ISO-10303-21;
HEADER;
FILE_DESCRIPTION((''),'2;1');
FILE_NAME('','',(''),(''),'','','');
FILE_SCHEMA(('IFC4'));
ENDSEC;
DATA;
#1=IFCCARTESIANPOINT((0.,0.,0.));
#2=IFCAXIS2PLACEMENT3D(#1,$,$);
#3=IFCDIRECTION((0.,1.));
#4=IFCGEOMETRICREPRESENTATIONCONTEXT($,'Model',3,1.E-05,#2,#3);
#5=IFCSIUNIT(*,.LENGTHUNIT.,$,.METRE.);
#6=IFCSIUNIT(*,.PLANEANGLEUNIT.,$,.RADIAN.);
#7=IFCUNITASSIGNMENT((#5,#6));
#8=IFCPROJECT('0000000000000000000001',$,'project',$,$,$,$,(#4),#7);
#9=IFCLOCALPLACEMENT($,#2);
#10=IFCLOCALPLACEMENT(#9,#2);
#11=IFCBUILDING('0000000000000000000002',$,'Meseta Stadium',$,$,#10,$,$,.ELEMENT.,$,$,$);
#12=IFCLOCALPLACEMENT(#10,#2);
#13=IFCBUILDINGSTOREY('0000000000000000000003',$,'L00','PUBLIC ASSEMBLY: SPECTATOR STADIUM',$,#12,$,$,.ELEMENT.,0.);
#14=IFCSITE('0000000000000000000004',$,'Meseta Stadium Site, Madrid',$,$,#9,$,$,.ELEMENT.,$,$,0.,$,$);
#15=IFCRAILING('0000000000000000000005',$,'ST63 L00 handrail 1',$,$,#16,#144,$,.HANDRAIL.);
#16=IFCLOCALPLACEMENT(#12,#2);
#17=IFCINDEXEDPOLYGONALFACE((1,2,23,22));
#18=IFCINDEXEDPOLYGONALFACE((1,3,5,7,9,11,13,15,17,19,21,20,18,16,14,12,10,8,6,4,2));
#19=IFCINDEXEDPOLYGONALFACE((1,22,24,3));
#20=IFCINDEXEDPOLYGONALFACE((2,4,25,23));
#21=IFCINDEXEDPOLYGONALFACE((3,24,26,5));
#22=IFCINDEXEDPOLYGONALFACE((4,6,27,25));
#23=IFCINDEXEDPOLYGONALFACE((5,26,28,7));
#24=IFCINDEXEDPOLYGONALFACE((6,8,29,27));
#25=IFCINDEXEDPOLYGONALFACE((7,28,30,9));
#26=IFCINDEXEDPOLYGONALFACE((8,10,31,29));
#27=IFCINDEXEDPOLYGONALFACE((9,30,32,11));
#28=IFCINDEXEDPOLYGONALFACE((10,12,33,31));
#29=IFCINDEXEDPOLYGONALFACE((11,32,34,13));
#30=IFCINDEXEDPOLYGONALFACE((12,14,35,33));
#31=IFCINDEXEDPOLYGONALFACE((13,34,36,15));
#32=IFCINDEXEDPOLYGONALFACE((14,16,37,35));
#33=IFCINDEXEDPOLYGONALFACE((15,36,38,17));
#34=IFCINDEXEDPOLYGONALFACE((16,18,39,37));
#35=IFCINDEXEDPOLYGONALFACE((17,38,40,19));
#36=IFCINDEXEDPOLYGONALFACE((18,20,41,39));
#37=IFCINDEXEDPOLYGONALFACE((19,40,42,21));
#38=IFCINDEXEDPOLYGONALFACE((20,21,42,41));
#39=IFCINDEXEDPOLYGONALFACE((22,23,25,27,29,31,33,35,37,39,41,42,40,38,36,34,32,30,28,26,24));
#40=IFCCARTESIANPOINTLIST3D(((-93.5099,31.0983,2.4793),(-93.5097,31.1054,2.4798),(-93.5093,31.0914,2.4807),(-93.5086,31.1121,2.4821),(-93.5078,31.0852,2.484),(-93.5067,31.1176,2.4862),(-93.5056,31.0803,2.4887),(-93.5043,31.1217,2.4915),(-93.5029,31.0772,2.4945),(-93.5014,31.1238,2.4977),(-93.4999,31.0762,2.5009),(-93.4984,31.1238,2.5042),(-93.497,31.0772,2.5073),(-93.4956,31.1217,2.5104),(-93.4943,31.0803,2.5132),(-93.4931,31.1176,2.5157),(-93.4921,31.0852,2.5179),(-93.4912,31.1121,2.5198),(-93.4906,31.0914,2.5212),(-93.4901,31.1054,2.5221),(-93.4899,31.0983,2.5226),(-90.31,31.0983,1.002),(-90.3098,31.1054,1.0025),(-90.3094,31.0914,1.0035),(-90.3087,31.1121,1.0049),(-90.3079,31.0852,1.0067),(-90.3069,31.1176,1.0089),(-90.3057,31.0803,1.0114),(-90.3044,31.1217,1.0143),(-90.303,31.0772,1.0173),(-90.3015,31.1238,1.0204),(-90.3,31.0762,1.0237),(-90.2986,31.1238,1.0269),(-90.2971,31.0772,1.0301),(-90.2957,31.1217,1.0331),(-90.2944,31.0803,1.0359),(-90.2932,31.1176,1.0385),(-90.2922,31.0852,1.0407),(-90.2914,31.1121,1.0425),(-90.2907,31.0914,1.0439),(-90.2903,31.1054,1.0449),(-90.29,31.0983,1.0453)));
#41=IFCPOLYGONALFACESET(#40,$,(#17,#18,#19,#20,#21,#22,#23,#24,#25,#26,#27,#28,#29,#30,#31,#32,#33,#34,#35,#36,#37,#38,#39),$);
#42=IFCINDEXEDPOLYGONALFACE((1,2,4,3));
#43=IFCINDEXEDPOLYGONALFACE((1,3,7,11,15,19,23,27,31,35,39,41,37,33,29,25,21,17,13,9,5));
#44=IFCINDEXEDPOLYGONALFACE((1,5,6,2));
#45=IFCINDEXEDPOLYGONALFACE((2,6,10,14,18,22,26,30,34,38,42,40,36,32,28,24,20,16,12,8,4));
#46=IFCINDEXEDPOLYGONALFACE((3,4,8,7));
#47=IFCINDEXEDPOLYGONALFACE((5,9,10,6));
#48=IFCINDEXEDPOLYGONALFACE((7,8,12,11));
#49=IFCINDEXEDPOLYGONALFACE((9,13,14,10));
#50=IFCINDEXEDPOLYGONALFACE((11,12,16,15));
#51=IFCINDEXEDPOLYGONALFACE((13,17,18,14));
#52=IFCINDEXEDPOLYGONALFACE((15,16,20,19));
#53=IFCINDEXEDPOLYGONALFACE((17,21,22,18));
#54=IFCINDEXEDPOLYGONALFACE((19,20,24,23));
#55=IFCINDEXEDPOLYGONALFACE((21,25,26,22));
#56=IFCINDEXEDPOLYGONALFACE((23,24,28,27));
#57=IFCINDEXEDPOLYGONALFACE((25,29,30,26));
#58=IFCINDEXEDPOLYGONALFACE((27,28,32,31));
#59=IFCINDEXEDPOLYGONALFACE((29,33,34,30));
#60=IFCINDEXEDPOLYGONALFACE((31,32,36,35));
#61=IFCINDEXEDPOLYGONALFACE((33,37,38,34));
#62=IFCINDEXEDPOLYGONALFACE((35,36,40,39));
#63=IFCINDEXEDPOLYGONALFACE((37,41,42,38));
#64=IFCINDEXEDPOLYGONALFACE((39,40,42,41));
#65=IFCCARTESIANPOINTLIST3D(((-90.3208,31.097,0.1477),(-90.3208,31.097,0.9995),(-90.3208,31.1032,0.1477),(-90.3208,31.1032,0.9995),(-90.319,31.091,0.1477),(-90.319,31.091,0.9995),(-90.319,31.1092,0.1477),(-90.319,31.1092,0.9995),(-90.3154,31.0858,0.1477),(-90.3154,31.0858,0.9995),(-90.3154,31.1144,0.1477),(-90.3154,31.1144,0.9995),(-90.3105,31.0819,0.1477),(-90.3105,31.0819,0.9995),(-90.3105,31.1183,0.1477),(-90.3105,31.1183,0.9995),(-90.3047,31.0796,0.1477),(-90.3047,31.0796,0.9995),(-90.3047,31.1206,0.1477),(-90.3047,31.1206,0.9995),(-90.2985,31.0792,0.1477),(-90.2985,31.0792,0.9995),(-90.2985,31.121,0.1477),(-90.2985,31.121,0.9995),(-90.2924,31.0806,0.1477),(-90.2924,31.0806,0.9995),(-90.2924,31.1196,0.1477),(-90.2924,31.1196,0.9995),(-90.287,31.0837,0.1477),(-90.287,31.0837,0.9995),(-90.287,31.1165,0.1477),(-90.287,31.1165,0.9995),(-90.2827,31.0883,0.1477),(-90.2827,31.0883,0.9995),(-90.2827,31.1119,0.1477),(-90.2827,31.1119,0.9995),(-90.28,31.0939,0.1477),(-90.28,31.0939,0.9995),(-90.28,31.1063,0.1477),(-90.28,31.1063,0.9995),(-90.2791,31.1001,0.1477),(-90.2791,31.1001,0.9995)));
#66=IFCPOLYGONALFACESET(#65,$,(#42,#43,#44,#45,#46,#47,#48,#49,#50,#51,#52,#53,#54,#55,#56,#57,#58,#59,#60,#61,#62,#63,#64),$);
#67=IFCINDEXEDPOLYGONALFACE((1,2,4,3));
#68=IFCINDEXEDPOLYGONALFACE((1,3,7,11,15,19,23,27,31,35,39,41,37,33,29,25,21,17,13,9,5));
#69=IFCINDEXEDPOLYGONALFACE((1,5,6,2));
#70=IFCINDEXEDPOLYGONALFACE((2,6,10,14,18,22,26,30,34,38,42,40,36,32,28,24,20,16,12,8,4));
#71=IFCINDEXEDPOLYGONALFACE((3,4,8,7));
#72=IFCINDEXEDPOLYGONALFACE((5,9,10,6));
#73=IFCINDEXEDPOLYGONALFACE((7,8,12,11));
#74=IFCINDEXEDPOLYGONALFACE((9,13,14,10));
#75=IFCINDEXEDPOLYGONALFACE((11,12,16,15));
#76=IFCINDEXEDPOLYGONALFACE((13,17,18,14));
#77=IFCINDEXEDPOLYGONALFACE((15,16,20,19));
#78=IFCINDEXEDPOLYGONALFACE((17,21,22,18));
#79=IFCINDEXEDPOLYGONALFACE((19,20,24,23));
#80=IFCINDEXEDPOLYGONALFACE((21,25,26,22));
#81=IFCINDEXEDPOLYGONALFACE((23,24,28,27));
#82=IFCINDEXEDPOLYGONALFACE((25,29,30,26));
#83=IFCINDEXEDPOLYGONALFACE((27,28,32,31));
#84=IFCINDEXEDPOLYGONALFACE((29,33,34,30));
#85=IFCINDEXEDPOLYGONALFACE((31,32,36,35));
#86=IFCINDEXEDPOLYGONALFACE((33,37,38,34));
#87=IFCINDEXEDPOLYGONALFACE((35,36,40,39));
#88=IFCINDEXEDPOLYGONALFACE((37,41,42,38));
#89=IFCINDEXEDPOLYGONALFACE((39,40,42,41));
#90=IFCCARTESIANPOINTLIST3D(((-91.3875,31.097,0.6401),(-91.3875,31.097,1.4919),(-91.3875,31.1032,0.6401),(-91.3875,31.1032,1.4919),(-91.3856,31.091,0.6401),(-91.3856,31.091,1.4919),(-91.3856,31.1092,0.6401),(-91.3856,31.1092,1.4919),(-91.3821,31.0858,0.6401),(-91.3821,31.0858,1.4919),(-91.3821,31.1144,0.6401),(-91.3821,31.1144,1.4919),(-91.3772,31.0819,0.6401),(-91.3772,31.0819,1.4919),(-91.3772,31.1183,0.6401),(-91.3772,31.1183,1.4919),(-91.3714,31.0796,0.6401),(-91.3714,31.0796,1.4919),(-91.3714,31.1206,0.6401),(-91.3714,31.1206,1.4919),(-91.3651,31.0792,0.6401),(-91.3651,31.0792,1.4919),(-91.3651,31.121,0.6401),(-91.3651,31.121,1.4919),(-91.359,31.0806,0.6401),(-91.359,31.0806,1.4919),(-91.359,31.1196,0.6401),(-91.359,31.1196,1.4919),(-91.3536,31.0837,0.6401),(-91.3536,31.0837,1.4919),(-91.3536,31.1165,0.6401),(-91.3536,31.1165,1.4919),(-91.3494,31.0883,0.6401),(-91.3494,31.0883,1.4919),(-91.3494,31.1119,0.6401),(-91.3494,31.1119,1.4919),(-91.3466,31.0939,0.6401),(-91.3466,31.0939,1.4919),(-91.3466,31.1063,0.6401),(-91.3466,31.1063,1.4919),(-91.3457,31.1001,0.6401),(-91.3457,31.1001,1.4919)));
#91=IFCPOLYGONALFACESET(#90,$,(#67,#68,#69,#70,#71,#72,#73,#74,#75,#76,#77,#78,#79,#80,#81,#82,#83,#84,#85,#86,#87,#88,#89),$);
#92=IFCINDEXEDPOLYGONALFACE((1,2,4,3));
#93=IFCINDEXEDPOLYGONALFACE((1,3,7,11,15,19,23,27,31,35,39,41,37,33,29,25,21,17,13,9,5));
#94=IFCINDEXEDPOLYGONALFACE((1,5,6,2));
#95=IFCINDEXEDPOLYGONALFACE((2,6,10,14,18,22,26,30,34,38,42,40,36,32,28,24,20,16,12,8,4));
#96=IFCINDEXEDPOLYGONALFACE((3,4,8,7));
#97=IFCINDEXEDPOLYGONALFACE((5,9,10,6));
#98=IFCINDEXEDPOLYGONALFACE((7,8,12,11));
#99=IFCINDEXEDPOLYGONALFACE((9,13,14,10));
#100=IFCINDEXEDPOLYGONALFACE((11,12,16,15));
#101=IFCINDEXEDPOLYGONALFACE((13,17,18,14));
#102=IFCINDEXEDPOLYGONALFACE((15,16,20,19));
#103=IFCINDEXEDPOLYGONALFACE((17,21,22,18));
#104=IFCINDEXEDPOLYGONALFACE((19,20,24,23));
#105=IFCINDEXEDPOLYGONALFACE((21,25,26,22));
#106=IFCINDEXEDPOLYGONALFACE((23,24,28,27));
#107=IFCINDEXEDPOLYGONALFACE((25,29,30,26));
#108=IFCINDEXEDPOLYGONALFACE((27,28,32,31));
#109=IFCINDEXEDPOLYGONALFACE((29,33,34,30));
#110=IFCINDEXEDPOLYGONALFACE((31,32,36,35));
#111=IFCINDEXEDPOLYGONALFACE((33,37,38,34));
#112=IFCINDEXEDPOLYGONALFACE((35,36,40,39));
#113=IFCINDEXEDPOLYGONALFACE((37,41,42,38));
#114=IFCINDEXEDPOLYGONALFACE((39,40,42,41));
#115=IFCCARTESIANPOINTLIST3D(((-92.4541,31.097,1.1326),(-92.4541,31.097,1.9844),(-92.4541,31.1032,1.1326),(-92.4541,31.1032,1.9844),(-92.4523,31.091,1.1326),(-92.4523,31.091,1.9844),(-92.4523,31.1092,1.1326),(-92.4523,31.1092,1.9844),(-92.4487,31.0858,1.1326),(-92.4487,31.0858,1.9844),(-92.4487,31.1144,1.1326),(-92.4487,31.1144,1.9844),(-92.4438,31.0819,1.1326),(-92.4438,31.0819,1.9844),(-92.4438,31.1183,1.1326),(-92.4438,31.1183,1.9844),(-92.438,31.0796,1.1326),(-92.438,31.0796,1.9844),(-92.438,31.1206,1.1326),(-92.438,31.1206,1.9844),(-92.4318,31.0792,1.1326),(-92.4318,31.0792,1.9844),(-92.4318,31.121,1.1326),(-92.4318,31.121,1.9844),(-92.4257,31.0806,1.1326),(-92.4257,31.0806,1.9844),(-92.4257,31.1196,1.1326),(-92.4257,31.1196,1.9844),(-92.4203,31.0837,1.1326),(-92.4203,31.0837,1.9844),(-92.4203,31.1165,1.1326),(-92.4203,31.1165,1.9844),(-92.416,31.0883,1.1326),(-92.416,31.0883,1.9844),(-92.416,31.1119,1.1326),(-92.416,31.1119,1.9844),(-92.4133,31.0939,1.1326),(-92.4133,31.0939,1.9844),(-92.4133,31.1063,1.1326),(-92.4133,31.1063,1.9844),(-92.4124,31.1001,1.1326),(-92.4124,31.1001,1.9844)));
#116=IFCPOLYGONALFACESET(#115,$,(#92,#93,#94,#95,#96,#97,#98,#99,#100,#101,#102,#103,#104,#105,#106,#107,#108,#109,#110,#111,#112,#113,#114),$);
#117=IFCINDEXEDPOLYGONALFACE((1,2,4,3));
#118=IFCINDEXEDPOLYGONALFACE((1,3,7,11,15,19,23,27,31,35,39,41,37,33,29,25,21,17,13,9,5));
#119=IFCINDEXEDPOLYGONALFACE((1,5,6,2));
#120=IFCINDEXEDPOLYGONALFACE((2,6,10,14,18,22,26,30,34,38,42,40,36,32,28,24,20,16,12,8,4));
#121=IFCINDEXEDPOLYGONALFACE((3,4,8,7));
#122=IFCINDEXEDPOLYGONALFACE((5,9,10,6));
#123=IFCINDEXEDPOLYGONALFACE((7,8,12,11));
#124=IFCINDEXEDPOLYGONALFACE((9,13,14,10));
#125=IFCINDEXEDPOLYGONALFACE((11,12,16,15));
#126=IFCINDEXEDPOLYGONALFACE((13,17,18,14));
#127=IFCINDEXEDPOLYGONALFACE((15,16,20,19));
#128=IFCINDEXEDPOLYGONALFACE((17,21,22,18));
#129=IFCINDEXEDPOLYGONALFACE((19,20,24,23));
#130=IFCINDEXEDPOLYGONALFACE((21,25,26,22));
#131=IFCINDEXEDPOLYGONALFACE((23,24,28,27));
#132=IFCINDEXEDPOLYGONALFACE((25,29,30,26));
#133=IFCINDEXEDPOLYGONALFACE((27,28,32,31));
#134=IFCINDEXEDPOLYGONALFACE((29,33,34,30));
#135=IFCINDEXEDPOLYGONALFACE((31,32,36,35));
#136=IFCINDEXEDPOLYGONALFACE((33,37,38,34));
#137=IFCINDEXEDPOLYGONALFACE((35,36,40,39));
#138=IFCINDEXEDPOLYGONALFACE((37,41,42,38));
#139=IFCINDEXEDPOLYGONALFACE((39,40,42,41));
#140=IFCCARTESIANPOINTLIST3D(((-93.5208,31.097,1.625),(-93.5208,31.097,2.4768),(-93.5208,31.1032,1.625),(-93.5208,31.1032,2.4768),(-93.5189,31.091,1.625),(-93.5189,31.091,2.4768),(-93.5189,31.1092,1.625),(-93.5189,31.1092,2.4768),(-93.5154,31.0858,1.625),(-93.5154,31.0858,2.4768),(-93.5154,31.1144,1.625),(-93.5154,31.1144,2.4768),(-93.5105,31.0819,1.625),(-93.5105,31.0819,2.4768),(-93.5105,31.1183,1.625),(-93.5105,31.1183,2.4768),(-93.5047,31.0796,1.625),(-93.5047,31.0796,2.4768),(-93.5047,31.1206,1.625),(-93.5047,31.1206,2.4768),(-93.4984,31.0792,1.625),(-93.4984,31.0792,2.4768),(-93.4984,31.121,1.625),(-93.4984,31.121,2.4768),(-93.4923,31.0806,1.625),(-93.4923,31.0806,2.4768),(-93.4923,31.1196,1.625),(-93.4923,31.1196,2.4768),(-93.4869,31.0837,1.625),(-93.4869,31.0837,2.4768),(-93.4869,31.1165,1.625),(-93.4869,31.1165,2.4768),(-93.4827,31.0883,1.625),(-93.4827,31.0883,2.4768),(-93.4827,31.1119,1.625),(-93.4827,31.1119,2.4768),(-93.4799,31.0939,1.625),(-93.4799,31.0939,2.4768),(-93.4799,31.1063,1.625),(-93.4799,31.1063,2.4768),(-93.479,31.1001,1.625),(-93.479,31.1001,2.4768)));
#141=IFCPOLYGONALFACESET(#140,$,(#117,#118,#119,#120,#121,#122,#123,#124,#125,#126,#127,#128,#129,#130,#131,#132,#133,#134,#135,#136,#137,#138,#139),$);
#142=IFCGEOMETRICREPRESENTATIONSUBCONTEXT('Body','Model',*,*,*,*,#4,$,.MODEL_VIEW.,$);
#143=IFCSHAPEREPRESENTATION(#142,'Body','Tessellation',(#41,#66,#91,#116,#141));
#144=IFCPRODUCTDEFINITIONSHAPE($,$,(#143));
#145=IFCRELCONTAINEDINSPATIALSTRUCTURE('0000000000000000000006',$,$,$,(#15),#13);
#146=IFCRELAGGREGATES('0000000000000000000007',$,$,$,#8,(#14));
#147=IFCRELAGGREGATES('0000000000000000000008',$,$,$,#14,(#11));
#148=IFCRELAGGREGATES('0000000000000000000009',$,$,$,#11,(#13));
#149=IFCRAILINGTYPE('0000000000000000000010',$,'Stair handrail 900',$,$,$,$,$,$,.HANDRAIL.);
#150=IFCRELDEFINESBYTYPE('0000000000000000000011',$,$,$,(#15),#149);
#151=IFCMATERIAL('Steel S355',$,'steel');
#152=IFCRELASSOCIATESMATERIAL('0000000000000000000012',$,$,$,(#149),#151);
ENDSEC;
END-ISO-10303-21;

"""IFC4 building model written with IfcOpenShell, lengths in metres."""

from ifc_helpers import new_model, si_unit, direction, frame, origin, origin_2d, place, context, subcontext, project, spatial, circle, extrude, material, type_object, element, save


model = new_model("IFC4")

# Units and contexts
model_context = context("Model", 3, precision=1e-05, world=origin(), true_north=direction((0.0, 1.0)))
body_context = subcontext(model_context, "Body", "Model", "MODEL_VIEW")
ifc_project = project(units=[si_unit("LENGTHUNIT", "METRE"), si_unit("PLANEANGLEUNIT", "RADIAN")], contexts=[model_context])

# Site, building, storey
site_placement = place(None, origin())
site = spatial("IfcSite", under=ifc_project, at=site_placement, Name="Meseta Stadium Site, Madrid", CompositionType="ELEMENT", RefElevation=0.0)
building_placement = place(site_placement, origin())
building = spatial("IfcBuilding", under=site, at=building_placement, Name="Meseta Stadium", CompositionType="ELEMENT")
storey_placement = place(building_placement, origin())
storey = spatial("IfcBuildingStorey", under=building, at=storey_placement, Name="L00", Description="PUBLIC ASSEMBLY: SPECTATOR STADIUM", CompositionType="ELEMENT", Elevation=0.0)

# Railing
ifc_material_1 = material(Name="Steel S355", Category="steel")
railing_type_1 = type_object("IfcRailingType", Name="Stair handrail 900", PredefinedType="HANDRAIL", material=ifc_material_1)
for number, where, name in (
    (1, (-90.3, 31.1001, 0.1477), "ST63 L00 handrail 1"),
):
    element("IfcRailing", number, at=place(storey_placement, frame(where)), inside=storey, type_object=railing_type_1, Name=name, PredefinedType="HANDRAIL", context=body_context, shape_type="SweptSolid", body=[
        extrude(circle(Radius=0.0239, at=origin_2d()), frame((0.0, 0.0, 0.876), z_axis=(-0.907917, 0.0, 0.41915), x_axis=(0.0, -1.0, 0.0)), (0.0, 0.0, 1.0), 3.5244),
        extrude(circle(Radius=0.021, at=origin_2d()), origin(), (0.0, 0.0, 1.0), 0.8518),
        extrude(circle(Radius=0.021, at=origin_2d()), frame((-1.0667, 0.0, 0.4924)), (0.0, 0.0, 1.0), 0.8518),
        extrude(circle(Radius=0.021, at=origin_2d()), frame((-2.1333, 0.0, 0.9849)), (0.0, 0.0, 1.0), 0.8518),
        extrude(circle(Radius=0.021, at=origin_2d()), frame((-3.2, 0.0, 1.4773)), (0.0, 0.0, 1.0), 0.8518),
    ])

save(model, "model.ifc")
